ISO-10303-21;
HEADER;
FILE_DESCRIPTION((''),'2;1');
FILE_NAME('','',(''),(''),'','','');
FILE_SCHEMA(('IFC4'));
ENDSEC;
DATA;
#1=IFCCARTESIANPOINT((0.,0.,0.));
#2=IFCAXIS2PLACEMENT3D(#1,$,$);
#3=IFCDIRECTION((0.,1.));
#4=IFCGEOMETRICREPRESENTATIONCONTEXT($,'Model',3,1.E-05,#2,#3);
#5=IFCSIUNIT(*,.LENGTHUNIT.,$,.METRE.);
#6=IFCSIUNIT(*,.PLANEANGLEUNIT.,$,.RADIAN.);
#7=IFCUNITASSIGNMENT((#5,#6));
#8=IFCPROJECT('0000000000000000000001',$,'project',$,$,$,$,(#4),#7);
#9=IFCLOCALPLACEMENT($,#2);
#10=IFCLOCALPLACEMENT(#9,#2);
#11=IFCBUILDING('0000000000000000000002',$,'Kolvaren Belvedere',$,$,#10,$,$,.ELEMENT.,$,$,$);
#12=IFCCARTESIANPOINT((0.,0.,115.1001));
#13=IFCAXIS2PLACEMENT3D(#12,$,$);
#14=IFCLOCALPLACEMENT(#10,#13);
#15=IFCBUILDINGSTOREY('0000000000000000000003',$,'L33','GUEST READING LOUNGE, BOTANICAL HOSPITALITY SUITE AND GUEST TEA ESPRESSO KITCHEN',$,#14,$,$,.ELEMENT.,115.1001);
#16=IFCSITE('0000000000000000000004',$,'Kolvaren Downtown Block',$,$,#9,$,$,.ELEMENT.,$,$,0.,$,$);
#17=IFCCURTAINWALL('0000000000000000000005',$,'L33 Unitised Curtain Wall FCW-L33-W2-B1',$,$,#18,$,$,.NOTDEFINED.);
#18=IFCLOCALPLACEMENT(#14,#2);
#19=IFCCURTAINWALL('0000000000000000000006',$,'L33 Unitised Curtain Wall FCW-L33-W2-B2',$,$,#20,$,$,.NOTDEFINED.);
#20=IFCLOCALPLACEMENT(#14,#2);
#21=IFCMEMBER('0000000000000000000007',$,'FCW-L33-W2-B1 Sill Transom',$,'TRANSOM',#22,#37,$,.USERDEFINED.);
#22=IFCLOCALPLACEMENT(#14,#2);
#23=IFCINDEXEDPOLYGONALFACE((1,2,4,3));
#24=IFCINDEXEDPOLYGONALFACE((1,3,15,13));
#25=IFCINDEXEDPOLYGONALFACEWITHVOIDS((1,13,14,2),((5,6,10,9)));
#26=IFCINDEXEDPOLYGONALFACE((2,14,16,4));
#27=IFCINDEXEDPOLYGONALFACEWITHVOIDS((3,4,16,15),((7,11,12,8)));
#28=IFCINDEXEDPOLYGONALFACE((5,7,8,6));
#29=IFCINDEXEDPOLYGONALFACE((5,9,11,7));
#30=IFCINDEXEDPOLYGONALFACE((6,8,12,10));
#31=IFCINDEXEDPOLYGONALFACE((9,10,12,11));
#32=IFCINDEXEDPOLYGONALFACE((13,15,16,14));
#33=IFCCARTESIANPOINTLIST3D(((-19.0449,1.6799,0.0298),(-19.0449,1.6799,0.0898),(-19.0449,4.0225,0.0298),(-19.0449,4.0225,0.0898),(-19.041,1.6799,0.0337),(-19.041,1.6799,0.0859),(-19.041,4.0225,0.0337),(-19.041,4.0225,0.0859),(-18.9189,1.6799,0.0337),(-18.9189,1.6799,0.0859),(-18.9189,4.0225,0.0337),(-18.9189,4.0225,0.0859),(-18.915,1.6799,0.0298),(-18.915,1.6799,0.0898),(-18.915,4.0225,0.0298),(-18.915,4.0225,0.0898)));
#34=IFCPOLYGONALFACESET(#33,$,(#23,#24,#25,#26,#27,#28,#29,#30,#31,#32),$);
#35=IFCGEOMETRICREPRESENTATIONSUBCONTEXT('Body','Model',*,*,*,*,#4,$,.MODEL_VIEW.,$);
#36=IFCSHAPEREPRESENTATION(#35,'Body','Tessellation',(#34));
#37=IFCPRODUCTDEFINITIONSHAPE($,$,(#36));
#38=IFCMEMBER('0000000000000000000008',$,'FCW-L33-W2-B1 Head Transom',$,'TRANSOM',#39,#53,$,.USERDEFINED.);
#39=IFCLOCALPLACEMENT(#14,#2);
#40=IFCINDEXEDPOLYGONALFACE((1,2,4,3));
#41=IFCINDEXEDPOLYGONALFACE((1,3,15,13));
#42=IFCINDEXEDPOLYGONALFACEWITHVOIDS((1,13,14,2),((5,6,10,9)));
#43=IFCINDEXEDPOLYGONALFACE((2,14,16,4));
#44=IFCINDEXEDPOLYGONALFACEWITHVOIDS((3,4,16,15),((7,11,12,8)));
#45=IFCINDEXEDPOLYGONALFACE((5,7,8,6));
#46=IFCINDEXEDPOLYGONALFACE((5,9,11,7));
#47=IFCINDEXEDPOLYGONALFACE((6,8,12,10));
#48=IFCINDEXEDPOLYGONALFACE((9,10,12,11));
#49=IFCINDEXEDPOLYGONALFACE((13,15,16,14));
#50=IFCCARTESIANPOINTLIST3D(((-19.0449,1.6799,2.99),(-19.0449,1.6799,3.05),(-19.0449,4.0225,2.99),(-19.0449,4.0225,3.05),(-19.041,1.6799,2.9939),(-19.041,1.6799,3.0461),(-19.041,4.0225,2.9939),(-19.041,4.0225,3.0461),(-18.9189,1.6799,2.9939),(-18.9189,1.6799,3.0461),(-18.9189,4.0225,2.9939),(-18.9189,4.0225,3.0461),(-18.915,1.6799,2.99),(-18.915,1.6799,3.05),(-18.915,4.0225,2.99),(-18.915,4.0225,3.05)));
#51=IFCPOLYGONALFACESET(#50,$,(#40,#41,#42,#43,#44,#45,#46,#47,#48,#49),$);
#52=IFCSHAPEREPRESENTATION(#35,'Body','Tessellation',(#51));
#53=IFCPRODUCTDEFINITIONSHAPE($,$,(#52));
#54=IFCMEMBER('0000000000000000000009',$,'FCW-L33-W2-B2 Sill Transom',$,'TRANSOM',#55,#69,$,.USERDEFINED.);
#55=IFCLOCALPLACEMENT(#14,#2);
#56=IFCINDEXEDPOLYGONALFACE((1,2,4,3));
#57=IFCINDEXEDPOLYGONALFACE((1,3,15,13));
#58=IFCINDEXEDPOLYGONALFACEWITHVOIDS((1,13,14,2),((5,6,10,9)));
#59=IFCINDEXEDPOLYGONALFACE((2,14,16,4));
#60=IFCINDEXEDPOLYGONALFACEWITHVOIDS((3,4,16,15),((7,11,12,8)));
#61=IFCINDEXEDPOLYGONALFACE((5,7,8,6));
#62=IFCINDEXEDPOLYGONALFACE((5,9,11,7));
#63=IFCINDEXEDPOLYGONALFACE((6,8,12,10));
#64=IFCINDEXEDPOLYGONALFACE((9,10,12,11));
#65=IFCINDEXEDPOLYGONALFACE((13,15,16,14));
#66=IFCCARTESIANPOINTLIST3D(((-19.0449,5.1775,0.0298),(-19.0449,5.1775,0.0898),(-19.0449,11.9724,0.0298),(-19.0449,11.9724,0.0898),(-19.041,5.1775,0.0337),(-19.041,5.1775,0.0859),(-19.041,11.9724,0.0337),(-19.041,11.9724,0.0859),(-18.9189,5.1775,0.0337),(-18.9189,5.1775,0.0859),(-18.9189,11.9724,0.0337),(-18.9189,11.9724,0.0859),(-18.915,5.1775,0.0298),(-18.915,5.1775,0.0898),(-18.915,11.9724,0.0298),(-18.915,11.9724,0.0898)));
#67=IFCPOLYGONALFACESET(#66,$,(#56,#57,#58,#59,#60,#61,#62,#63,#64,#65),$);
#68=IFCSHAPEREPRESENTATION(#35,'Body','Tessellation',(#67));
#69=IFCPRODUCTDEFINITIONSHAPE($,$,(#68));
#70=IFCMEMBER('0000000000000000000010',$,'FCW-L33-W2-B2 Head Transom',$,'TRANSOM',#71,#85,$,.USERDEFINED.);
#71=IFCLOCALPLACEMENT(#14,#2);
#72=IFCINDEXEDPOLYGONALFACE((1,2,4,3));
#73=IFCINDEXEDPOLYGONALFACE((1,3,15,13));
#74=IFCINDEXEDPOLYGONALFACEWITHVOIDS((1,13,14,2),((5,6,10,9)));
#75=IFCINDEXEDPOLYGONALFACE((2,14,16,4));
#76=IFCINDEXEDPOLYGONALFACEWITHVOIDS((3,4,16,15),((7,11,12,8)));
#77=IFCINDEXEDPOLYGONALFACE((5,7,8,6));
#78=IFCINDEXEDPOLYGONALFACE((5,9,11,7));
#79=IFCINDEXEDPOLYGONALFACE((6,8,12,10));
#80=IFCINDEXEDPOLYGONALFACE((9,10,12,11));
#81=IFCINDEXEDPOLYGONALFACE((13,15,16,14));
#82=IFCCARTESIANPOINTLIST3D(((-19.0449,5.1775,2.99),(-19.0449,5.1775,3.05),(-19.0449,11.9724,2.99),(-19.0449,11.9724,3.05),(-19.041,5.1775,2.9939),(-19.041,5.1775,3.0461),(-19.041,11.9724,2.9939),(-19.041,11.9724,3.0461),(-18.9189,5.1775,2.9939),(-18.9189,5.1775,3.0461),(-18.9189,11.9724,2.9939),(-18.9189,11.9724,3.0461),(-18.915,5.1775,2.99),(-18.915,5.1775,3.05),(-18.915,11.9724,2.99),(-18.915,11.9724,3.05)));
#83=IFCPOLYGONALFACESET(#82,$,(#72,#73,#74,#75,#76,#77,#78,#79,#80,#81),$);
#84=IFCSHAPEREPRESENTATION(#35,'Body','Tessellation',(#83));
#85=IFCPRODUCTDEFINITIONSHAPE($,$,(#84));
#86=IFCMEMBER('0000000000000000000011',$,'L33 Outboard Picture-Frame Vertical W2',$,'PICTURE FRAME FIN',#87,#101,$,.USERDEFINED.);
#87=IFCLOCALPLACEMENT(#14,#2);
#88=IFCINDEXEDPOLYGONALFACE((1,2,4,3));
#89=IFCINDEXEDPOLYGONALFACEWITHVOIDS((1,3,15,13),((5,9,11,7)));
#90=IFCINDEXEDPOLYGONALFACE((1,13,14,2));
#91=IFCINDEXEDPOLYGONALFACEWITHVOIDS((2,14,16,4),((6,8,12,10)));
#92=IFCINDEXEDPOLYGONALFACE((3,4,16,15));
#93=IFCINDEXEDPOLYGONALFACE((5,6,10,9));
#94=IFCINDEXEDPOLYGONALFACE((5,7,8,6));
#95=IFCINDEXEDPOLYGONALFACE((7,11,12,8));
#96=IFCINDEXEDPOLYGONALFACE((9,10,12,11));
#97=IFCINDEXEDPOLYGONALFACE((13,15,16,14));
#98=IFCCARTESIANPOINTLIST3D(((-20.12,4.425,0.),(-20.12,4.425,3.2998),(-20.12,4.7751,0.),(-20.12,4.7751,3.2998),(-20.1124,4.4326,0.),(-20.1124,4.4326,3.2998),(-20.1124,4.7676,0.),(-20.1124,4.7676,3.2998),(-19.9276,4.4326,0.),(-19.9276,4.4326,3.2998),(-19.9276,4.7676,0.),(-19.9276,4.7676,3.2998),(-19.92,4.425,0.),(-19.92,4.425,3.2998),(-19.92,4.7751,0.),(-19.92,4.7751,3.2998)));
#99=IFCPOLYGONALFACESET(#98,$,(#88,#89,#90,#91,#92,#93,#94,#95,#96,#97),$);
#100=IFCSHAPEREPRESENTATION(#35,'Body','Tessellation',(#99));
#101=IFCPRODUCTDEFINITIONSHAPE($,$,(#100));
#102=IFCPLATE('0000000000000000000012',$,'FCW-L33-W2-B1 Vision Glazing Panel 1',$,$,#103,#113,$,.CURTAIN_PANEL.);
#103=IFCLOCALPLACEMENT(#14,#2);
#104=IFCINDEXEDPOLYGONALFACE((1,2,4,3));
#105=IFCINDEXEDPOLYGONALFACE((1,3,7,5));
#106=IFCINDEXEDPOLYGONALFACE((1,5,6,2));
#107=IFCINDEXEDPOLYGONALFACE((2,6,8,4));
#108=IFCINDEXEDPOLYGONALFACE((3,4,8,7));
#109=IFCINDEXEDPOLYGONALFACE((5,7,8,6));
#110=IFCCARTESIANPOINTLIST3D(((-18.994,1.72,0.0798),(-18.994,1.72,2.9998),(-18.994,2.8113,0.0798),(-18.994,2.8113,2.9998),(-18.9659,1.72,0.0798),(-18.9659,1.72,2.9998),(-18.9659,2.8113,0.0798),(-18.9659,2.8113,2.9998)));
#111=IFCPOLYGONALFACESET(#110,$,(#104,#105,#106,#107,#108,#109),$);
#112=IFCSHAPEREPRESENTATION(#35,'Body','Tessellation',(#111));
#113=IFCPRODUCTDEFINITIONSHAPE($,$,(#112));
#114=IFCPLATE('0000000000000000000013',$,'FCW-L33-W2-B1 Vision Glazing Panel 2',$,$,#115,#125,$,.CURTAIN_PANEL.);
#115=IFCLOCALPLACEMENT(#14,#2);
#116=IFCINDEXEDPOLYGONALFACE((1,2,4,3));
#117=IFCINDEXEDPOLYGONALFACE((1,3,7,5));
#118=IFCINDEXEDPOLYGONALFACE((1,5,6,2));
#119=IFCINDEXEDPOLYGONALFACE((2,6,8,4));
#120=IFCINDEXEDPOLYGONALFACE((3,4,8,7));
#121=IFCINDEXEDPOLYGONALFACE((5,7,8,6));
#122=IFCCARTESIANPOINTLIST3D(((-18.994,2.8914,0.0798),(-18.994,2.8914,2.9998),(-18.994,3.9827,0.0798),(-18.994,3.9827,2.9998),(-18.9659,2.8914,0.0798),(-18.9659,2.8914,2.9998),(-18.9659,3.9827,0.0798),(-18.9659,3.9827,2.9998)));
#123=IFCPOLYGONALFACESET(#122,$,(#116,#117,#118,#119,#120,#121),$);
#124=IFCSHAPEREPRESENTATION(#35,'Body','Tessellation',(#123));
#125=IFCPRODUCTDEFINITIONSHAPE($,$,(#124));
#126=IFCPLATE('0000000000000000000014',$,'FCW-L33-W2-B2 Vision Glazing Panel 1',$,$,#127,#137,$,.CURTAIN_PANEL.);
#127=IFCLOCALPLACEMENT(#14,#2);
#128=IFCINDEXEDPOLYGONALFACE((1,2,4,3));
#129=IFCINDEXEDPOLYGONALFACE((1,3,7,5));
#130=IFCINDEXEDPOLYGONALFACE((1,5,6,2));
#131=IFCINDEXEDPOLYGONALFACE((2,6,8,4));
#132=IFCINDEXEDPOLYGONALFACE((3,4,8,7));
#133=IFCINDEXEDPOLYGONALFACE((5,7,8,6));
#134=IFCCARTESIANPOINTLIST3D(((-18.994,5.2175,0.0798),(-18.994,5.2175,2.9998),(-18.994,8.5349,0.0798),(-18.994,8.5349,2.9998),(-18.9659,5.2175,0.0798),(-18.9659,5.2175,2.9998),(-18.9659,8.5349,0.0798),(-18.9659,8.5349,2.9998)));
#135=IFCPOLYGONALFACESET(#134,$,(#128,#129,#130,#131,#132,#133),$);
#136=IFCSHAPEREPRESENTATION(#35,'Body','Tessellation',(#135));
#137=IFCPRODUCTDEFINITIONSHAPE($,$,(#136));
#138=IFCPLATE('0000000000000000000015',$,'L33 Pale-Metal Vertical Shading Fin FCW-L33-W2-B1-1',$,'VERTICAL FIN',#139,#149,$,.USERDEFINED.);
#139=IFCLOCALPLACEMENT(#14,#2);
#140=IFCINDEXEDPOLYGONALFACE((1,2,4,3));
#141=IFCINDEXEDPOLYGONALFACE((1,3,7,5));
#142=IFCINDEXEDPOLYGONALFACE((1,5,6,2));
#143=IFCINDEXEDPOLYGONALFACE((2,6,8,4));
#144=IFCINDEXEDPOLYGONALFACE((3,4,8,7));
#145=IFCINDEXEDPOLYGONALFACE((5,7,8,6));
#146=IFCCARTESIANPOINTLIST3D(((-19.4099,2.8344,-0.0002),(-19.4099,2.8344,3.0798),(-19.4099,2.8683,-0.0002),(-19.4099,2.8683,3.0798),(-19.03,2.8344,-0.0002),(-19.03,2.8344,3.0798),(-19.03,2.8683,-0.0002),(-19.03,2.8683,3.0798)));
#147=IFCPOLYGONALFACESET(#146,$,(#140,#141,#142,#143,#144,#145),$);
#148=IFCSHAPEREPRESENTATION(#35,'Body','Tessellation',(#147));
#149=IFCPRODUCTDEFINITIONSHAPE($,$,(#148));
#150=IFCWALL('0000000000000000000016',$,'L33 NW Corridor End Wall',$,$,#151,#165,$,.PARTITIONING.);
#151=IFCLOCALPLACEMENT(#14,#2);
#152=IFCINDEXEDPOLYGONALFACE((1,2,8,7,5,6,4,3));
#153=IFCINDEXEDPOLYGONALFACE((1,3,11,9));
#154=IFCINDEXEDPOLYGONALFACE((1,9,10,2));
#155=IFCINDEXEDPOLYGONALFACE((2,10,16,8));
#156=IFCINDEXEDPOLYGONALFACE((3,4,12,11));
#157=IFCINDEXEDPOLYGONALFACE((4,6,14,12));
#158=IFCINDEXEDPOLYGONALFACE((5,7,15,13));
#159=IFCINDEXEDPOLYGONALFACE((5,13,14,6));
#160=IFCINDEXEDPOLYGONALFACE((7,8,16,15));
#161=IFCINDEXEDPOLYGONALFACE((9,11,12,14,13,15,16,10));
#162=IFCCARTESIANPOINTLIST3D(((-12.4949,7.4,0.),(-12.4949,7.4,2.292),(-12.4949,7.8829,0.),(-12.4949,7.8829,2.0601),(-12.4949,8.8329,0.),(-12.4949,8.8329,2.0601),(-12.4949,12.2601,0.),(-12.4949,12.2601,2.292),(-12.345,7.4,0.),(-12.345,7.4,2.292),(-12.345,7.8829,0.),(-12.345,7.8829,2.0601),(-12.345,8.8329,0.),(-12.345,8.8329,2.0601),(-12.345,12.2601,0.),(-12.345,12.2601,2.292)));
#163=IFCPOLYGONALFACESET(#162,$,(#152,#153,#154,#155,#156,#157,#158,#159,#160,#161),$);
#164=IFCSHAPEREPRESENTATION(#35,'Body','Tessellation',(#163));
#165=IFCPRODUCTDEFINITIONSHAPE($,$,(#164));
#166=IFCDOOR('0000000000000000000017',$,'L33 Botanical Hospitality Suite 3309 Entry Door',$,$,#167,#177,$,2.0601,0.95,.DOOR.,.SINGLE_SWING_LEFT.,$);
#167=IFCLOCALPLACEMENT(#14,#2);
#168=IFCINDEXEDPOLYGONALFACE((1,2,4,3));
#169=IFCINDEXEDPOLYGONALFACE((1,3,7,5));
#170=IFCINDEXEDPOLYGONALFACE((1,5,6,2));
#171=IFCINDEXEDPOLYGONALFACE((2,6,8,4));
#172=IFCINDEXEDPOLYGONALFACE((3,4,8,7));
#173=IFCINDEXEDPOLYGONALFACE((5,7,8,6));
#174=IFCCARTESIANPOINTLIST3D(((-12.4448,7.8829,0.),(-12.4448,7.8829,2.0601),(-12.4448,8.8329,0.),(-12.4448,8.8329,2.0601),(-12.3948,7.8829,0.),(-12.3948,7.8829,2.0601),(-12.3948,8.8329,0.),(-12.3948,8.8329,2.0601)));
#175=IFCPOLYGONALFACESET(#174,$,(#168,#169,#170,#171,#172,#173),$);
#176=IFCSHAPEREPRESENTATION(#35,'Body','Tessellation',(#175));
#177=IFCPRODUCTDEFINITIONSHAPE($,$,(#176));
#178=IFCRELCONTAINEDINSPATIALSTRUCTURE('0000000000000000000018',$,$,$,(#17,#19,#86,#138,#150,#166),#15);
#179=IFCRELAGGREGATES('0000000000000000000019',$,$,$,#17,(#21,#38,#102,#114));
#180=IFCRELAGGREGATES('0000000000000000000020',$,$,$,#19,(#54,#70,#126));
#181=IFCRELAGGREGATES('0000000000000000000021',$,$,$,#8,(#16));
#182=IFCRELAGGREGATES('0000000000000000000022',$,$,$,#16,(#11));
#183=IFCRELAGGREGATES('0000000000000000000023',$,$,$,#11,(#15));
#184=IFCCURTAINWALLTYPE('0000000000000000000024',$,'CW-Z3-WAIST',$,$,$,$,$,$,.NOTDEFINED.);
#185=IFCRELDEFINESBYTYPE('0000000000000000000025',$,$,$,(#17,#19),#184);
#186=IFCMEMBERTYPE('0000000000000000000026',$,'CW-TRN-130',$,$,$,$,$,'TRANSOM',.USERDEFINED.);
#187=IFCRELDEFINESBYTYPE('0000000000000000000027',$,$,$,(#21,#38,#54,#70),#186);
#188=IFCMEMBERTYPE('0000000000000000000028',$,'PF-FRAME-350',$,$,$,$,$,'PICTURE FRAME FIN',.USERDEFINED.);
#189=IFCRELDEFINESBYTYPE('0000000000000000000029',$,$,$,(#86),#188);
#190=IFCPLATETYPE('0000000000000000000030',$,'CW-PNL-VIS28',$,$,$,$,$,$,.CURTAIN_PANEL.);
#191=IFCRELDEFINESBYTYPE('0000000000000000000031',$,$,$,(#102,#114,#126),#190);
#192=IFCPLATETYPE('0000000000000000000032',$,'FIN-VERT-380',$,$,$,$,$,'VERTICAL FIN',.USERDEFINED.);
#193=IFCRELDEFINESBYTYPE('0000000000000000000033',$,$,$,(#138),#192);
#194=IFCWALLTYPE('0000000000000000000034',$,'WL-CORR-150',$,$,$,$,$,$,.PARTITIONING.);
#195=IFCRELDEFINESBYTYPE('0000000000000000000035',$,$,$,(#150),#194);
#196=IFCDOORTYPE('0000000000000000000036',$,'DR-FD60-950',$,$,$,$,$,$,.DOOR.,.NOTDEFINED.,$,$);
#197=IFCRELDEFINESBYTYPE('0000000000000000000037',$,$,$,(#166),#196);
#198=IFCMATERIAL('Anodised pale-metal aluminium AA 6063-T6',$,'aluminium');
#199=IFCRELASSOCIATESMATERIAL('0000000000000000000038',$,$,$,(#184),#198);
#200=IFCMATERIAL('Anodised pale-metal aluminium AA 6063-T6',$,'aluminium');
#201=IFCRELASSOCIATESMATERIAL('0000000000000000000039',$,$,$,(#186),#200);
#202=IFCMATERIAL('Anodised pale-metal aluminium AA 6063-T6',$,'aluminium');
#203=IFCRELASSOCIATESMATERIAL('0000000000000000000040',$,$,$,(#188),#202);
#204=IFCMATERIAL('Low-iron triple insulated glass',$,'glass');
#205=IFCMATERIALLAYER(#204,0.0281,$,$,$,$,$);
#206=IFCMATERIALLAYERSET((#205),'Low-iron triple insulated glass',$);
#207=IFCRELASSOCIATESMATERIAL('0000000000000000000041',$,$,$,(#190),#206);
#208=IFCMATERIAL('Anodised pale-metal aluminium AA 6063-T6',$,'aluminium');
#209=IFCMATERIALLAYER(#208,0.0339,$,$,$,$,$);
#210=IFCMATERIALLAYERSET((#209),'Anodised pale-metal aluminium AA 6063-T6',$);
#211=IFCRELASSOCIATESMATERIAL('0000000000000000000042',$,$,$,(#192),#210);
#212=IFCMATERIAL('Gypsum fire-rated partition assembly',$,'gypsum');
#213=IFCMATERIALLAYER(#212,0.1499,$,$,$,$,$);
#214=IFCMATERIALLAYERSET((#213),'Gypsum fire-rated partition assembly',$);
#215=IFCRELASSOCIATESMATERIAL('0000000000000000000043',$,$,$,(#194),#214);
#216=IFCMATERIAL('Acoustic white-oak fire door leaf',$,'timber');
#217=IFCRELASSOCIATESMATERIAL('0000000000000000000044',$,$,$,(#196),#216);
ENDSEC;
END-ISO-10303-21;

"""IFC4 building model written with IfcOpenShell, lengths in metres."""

from ifc_helpers import new_model, si_unit, direction, frame, frame_2d, origin, origin_2d, place, context, subcontext, project, spatial, rectangle, hollow_rectangle, extrude, material, layer, layer_set, material_profile, profile_set, type_object, element, fill, aggregate, save


model = new_model("IFC4")

# Units and contexts
model_context = context("Model", 3, precision=1e-05, world=origin(), true_north=direction((0.0, 1.0)))
body_context = subcontext(model_context, "Body", "Model", "MODEL_VIEW")
ifc_project = project(units=[si_unit("LENGTHUNIT", "METRE"), si_unit("PLANEANGLEUNIT", "RADIAN")], contexts=[model_context])

# Site, building, storey
site_placement = place(None, origin())
site = spatial("IfcSite", under=ifc_project, at=site_placement, Name="Kolvaren Downtown Block", CompositionType="ELEMENT", RefElevation=0.0)
building_placement = place(site_placement, origin())
building = spatial("IfcBuilding", under=site, at=building_placement, Name="Kolvaren Belvedere", CompositionType="ELEMENT")
storey_placement = place(building_placement, frame((0.0, 0.0, 115.1001)))
storey = spatial("IfcBuildingStorey", under=building, at=storey_placement, Name="L33", Description="GUEST READING LOUNGE, BOTANICAL HOSPITALITY SUITE AND GUEST TEA ESPRESSO KITCHEN", CompositionType="ELEMENT", Elevation=115.1001)

# Curtain wall
ifc_material_1 = material(Name="Anodised pale-metal aluminium AA 6063-T6", Category="aluminium")
curtain_wall_type = type_object("IfcCurtainWallType", Name="CW-Z3-WAIST", PredefinedType="NOTDEFINED", material=ifc_material_1)
curtain_wall_1_placement = place(storey_placement, origin())
curtain_wall_1 = element("IfcCurtainWall", 1, at=curtain_wall_1_placement, inside=storey, type_object=curtain_wall_type, Name="L33 Unitised Curtain Wall FCW-L33-W2-B1", PredefinedType="NOTDEFINED")

# Curtain wall
curtain_wall_2_placement = place(storey_placement, origin())
curtain_wall_2 = element("IfcCurtainWall", 2, at=curtain_wall_2_placement, inside=storey, type_object=curtain_wall_type, Name="L33 Unitised Curtain Wall FCW-L33-W2-B2", PredefinedType="NOTDEFINED")

# Members
ifc_material_2 = material(Name="Anodised pale-metal aluminium AA 6063-T6", Category="aluminium")
ifc_material_profile_1 = material_profile(ifc_material_2, hollow_rectangle(XDim=0.0601, YDim=0.1299, WallThickness=0.0039, at=origin_2d()), Name="ALU-TRN-130X60")
ifc_profile_set_1 = profile_set([ifc_material_profile_1], Name="Anodised pale-metal aluminium AA 6063-T6")
member_type_1 = type_object("IfcMemberType", Name="CW-TRN-130", ElementType="TRANSOM", PredefinedType="USERDEFINED", material=ifc_profile_set_1)
member_1_placement = place(storey_placement, frame((-18.98, 1.6799, 0.0598), z_axis=(0.0, 1.0, 0.0), x_axis=(0.0, 0.0, 1.0)))
member_1 = element("IfcMember", 3, at=member_1_placement, type_object=member_type_1, Name="FCW-L33-W2-B1 Sill Transom", ObjectType="TRANSOM", PredefinedType="USERDEFINED", context=body_context, shape_type="SweptSolid", body=[
    extrude(hollow_rectangle(XDim=0.0601, YDim=0.1299, WallThickness=0.0039, at=origin_2d()), origin(), (0.0, 0.0, 1.0), 2.3425),
])
member_2_placement = place(storey_placement, frame((-18.98, 1.6799, 3.02), z_axis=(0.0, 1.0, 0.0), x_axis=(0.0, 0.0, 1.0)))
member_2 = element("IfcMember", 4, at=member_2_placement, type_object=member_type_1, Name="FCW-L33-W2-B1 Head Transom", ObjectType="TRANSOM", PredefinedType="USERDEFINED", context=body_context, shape_type="SweptSolid", body=[
    extrude(hollow_rectangle(XDim=0.0601, YDim=0.1299, WallThickness=0.0039, at=origin_2d()), origin(), (0.0, 0.0, 1.0), 2.3425),
])
member_3_placement = place(storey_placement, frame((-18.98, 5.1775, 0.0598), z_axis=(0.0, 1.0, 0.0), x_axis=(0.0, 0.0, 1.0)))
member_3 = element("IfcMember", 5, at=member_3_placement, type_object=member_type_1, Name="FCW-L33-W2-B2 Sill Transom", ObjectType="TRANSOM", PredefinedType="USERDEFINED", context=body_context, shape_type="SweptSolid", body=[
    extrude(hollow_rectangle(XDim=0.0601, YDim=0.1299, WallThickness=0.0039, at=origin_2d()), origin(), (0.0, 0.0, 1.0), 6.7949),
])
member_4_placement = place(storey_placement, frame((-18.98, 5.1775, 3.02), z_axis=(0.0, 1.0, 0.0), x_axis=(0.0, 0.0, 1.0)))
member_4 = element("IfcMember", 6, at=member_4_placement, type_object=member_type_1, Name="FCW-L33-W2-B2 Head Transom", ObjectType="TRANSOM", PredefinedType="USERDEFINED", context=body_context, shape_type="SweptSolid", body=[
    extrude(hollow_rectangle(XDim=0.0601, YDim=0.1299, WallThickness=0.0039, at=origin_2d()), origin(), (0.0, 0.0, 1.0), 6.7949),
])
ifc_material_3 = material(Name="Anodised pale-metal aluminium AA 6063-T6", Category="aluminium")
ifc_material_profile_2 = material_profile(ifc_material_3, hollow_rectangle(XDim=0.2, YDim=0.3501, WallThickness=0.0076, at=origin_2d()), Name="ALU-PF-350X200")
ifc_profile_set_2 = profile_set([ifc_material_profile_2], Name="Anodised pale-metal aluminium AA 6063-T6")
member_type_2 = type_object("IfcMemberType", Name="PF-FRAME-350", ElementType="PICTURE FRAME FIN", PredefinedType="USERDEFINED", material=ifc_profile_set_2)
member_5_placement = place(storey_placement, frame((-20.02, 4.6001, 0.0), z_axis=(0.0, 0.0, 1.0), x_axis=(1.0, 0.0, 0.0)))
element("IfcMember", 7, at=member_5_placement, inside=storey, type_object=member_type_2, Name="L33 Outboard Picture-Frame Vertical W2", ObjectType="PICTURE FRAME FIN", PredefinedType="USERDEFINED", context=body_context, shape_type="SweptSolid", body=[
    extrude(hollow_rectangle(XDim=0.2, YDim=0.3501, WallThickness=0.0076, at=origin_2d()), origin(), (0.0, 0.0, 1.0), 3.2998),
])

# Plates
ifc_material_4 = material(Name="Low-iron triple insulated glass", Category="glass")
ifc_layer_1 = layer(ifc_material_4, 0.0281)
ifc_layer_set_1 = layer_set([ifc_layer_1], Name="Low-iron triple insulated glass")
plate_type_1 = type_object("IfcPlateType", Name="CW-PNL-VIS28", PredefinedType="CURTAIN_PANEL", material=ifc_layer_set_1)
plate_1_placement = place(storey_placement, frame((-18.98, 2.2656, 0.0798), z_axis=(0.0, 0.0, 1.0), x_axis=(0.0, 1.0, 0.0)))
plate_1 = element("IfcPlate", 8, at=plate_1_placement, type_object=plate_type_1, Name="FCW-L33-W2-B1 Vision Glazing Panel 1", PredefinedType="CURTAIN_PANEL", context=body_context, shape_type="SweptSolid", body=[
    extrude(rectangle(XDim=1.0913, YDim=0.0281, at=origin_2d()), origin(), (0.0, 0.0, 1.0), 2.9199),
])
plate_2_placement = place(storey_placement, frame((-18.98, 3.437, 0.0798), z_axis=(0.0, 0.0, 1.0), x_axis=(0.0, 1.0, 0.0)))
plate_2 = element("IfcPlate", 9, at=plate_2_placement, type_object=plate_type_1, Name="FCW-L33-W2-B1 Vision Glazing Panel 2", PredefinedType="CURTAIN_PANEL", context=body_context, shape_type="SweptSolid", body=[
    extrude(rectangle(XDim=1.0913, YDim=0.0281, at=origin_2d()), origin(), (0.0, 0.0, 1.0), 2.9199),
])
aggregate(curtain_wall_1, [member_1, member_2, plate_1, plate_2])
plate_3_placement = place(storey_placement, frame((-18.98, 6.8762, 0.0798), z_axis=(0.0, 0.0, 1.0), x_axis=(0.0, 1.0, 0.0)))
plate_3 = element("IfcPlate", 10, at=plate_3_placement, type_object=plate_type_1, Name="FCW-L33-W2-B2 Vision Glazing Panel 1", PredefinedType="CURTAIN_PANEL", context=body_context, shape_type="SweptSolid", body=[
    extrude(rectangle(XDim=3.3174, YDim=0.0281, at=origin_2d()), origin(), (0.0, 0.0, 1.0), 2.9199),
])
aggregate(curtain_wall_2, [member_3, member_4, plate_3])
ifc_material_5 = material(Name="Anodised pale-metal aluminium AA 6063-T6", Category="aluminium")
ifc_layer_2 = layer(ifc_material_5, 0.0339)
ifc_layer_set_2 = layer_set([ifc_layer_2], Name="Anodised pale-metal aluminium AA 6063-T6")
plate_type_2 = type_object("IfcPlateType", Name="FIN-VERT-380", ElementType="VERTICAL FIN", PredefinedType="USERDEFINED", material=ifc_layer_set_2)
plate_4_placement = place(storey_placement, frame((-19.22, 2.8513, -0.0002), z_axis=(0.0, 0.0, 1.0), x_axis=(1.0, 0.0, 0.0)))
element("IfcPlate", 11, at=plate_4_placement, inside=storey, type_object=plate_type_2, Name="L33 Pale-Metal Vertical Shading Fin FCW-L33-W2-B1-1", ObjectType="VERTICAL FIN", PredefinedType="USERDEFINED", context=body_context, shape_type="SweptSolid", body=[
    extrude(rectangle(XDim=0.3799, YDim=0.0339, at=origin_2d()), origin(), (0.0, 0.0, 1.0), 3.0801),
])

# Wall, opening, door
ifc_material_6 = material(Name="Gypsum fire-rated partition assembly", Category="gypsum")
ifc_layer_3 = layer(ifc_material_6, 0.1499)
ifc_layer_set_3 = layer_set([ifc_layer_3], Name="Gypsum fire-rated partition assembly")
wall_type_1 = type_object("IfcWallType", Name="WL-CORR-150", PredefinedType="PARTITIONING", material=ifc_layer_set_3)
wall_1_placement = place(storey_placement, frame((-12.4199, 7.3999, 0.0), z_axis=(0.0, 0.0, 1.0), x_axis=(0.0, 1.0, 0.0)))
wall_1 = element("IfcWall", 12, at=wall_1_placement, inside=storey, type_object=wall_type_1, Name="L33 NW Corridor End Wall", PredefinedType="PARTITIONING", context=body_context, shape_type="SweptSolid", body=[
    extrude(rectangle(XDim=4.8601, YDim=0.1499, at=frame_2d((2.4302, 0.0))), origin(), (0.0, 0.0, 1.0), 2.292),
])
opening_placement = place(wall_1_placement, frame((0.4829, 0.0, 0.0)))
opening = element("IfcOpeningElement", 13, at=opening_placement, cuts=wall_1, PredefinedType="OPENING", context=body_context, shape_type="SweptSolid", body=[
    extrude(rectangle(XDim=0.95, YDim=2.0601, at=frame_2d((0.4751, 1.03))), frame((0.0, 0.085, 0.0), z_axis=(0.0, -1.0, 0.0), x_axis=(1.0, 0.0, 0.0)), (0.0, 0.0, 1.0), 0.1699),
])
ifc_material_7 = material(Name="Acoustic white-oak fire door leaf", Category="timber")
door_type = type_object("IfcDoorType", Name="DR-FD60-950", OperationType="NOTDEFINED", PredefinedType="DOOR", material=ifc_material_7)
door_placement = place(opening_placement, origin())
door = element("IfcDoor", 14, at=door_placement, inside=storey, type_object=door_type, Name="L33 Botanical Hospitality Suite 3309 Entry Door", OperationType="SINGLE_SWING_LEFT", OverallHeight=2.0601, OverallWidth=0.95, PredefinedType="DOOR", context=body_context, shape_type="SweptSolid", body=[
    extrude(rectangle(XDim=0.95, YDim=2.0601, at=frame_2d((0.4751, 1.03))), frame((0.0, 0.0249, 0.0), z_axis=(0.0, -1.0, 0.0), x_axis=(1.0, 0.0, 0.0)), (0.0, 0.0, 1.0), 0.05),
])
fill(opening, door)

save(model, "model.ifc")
